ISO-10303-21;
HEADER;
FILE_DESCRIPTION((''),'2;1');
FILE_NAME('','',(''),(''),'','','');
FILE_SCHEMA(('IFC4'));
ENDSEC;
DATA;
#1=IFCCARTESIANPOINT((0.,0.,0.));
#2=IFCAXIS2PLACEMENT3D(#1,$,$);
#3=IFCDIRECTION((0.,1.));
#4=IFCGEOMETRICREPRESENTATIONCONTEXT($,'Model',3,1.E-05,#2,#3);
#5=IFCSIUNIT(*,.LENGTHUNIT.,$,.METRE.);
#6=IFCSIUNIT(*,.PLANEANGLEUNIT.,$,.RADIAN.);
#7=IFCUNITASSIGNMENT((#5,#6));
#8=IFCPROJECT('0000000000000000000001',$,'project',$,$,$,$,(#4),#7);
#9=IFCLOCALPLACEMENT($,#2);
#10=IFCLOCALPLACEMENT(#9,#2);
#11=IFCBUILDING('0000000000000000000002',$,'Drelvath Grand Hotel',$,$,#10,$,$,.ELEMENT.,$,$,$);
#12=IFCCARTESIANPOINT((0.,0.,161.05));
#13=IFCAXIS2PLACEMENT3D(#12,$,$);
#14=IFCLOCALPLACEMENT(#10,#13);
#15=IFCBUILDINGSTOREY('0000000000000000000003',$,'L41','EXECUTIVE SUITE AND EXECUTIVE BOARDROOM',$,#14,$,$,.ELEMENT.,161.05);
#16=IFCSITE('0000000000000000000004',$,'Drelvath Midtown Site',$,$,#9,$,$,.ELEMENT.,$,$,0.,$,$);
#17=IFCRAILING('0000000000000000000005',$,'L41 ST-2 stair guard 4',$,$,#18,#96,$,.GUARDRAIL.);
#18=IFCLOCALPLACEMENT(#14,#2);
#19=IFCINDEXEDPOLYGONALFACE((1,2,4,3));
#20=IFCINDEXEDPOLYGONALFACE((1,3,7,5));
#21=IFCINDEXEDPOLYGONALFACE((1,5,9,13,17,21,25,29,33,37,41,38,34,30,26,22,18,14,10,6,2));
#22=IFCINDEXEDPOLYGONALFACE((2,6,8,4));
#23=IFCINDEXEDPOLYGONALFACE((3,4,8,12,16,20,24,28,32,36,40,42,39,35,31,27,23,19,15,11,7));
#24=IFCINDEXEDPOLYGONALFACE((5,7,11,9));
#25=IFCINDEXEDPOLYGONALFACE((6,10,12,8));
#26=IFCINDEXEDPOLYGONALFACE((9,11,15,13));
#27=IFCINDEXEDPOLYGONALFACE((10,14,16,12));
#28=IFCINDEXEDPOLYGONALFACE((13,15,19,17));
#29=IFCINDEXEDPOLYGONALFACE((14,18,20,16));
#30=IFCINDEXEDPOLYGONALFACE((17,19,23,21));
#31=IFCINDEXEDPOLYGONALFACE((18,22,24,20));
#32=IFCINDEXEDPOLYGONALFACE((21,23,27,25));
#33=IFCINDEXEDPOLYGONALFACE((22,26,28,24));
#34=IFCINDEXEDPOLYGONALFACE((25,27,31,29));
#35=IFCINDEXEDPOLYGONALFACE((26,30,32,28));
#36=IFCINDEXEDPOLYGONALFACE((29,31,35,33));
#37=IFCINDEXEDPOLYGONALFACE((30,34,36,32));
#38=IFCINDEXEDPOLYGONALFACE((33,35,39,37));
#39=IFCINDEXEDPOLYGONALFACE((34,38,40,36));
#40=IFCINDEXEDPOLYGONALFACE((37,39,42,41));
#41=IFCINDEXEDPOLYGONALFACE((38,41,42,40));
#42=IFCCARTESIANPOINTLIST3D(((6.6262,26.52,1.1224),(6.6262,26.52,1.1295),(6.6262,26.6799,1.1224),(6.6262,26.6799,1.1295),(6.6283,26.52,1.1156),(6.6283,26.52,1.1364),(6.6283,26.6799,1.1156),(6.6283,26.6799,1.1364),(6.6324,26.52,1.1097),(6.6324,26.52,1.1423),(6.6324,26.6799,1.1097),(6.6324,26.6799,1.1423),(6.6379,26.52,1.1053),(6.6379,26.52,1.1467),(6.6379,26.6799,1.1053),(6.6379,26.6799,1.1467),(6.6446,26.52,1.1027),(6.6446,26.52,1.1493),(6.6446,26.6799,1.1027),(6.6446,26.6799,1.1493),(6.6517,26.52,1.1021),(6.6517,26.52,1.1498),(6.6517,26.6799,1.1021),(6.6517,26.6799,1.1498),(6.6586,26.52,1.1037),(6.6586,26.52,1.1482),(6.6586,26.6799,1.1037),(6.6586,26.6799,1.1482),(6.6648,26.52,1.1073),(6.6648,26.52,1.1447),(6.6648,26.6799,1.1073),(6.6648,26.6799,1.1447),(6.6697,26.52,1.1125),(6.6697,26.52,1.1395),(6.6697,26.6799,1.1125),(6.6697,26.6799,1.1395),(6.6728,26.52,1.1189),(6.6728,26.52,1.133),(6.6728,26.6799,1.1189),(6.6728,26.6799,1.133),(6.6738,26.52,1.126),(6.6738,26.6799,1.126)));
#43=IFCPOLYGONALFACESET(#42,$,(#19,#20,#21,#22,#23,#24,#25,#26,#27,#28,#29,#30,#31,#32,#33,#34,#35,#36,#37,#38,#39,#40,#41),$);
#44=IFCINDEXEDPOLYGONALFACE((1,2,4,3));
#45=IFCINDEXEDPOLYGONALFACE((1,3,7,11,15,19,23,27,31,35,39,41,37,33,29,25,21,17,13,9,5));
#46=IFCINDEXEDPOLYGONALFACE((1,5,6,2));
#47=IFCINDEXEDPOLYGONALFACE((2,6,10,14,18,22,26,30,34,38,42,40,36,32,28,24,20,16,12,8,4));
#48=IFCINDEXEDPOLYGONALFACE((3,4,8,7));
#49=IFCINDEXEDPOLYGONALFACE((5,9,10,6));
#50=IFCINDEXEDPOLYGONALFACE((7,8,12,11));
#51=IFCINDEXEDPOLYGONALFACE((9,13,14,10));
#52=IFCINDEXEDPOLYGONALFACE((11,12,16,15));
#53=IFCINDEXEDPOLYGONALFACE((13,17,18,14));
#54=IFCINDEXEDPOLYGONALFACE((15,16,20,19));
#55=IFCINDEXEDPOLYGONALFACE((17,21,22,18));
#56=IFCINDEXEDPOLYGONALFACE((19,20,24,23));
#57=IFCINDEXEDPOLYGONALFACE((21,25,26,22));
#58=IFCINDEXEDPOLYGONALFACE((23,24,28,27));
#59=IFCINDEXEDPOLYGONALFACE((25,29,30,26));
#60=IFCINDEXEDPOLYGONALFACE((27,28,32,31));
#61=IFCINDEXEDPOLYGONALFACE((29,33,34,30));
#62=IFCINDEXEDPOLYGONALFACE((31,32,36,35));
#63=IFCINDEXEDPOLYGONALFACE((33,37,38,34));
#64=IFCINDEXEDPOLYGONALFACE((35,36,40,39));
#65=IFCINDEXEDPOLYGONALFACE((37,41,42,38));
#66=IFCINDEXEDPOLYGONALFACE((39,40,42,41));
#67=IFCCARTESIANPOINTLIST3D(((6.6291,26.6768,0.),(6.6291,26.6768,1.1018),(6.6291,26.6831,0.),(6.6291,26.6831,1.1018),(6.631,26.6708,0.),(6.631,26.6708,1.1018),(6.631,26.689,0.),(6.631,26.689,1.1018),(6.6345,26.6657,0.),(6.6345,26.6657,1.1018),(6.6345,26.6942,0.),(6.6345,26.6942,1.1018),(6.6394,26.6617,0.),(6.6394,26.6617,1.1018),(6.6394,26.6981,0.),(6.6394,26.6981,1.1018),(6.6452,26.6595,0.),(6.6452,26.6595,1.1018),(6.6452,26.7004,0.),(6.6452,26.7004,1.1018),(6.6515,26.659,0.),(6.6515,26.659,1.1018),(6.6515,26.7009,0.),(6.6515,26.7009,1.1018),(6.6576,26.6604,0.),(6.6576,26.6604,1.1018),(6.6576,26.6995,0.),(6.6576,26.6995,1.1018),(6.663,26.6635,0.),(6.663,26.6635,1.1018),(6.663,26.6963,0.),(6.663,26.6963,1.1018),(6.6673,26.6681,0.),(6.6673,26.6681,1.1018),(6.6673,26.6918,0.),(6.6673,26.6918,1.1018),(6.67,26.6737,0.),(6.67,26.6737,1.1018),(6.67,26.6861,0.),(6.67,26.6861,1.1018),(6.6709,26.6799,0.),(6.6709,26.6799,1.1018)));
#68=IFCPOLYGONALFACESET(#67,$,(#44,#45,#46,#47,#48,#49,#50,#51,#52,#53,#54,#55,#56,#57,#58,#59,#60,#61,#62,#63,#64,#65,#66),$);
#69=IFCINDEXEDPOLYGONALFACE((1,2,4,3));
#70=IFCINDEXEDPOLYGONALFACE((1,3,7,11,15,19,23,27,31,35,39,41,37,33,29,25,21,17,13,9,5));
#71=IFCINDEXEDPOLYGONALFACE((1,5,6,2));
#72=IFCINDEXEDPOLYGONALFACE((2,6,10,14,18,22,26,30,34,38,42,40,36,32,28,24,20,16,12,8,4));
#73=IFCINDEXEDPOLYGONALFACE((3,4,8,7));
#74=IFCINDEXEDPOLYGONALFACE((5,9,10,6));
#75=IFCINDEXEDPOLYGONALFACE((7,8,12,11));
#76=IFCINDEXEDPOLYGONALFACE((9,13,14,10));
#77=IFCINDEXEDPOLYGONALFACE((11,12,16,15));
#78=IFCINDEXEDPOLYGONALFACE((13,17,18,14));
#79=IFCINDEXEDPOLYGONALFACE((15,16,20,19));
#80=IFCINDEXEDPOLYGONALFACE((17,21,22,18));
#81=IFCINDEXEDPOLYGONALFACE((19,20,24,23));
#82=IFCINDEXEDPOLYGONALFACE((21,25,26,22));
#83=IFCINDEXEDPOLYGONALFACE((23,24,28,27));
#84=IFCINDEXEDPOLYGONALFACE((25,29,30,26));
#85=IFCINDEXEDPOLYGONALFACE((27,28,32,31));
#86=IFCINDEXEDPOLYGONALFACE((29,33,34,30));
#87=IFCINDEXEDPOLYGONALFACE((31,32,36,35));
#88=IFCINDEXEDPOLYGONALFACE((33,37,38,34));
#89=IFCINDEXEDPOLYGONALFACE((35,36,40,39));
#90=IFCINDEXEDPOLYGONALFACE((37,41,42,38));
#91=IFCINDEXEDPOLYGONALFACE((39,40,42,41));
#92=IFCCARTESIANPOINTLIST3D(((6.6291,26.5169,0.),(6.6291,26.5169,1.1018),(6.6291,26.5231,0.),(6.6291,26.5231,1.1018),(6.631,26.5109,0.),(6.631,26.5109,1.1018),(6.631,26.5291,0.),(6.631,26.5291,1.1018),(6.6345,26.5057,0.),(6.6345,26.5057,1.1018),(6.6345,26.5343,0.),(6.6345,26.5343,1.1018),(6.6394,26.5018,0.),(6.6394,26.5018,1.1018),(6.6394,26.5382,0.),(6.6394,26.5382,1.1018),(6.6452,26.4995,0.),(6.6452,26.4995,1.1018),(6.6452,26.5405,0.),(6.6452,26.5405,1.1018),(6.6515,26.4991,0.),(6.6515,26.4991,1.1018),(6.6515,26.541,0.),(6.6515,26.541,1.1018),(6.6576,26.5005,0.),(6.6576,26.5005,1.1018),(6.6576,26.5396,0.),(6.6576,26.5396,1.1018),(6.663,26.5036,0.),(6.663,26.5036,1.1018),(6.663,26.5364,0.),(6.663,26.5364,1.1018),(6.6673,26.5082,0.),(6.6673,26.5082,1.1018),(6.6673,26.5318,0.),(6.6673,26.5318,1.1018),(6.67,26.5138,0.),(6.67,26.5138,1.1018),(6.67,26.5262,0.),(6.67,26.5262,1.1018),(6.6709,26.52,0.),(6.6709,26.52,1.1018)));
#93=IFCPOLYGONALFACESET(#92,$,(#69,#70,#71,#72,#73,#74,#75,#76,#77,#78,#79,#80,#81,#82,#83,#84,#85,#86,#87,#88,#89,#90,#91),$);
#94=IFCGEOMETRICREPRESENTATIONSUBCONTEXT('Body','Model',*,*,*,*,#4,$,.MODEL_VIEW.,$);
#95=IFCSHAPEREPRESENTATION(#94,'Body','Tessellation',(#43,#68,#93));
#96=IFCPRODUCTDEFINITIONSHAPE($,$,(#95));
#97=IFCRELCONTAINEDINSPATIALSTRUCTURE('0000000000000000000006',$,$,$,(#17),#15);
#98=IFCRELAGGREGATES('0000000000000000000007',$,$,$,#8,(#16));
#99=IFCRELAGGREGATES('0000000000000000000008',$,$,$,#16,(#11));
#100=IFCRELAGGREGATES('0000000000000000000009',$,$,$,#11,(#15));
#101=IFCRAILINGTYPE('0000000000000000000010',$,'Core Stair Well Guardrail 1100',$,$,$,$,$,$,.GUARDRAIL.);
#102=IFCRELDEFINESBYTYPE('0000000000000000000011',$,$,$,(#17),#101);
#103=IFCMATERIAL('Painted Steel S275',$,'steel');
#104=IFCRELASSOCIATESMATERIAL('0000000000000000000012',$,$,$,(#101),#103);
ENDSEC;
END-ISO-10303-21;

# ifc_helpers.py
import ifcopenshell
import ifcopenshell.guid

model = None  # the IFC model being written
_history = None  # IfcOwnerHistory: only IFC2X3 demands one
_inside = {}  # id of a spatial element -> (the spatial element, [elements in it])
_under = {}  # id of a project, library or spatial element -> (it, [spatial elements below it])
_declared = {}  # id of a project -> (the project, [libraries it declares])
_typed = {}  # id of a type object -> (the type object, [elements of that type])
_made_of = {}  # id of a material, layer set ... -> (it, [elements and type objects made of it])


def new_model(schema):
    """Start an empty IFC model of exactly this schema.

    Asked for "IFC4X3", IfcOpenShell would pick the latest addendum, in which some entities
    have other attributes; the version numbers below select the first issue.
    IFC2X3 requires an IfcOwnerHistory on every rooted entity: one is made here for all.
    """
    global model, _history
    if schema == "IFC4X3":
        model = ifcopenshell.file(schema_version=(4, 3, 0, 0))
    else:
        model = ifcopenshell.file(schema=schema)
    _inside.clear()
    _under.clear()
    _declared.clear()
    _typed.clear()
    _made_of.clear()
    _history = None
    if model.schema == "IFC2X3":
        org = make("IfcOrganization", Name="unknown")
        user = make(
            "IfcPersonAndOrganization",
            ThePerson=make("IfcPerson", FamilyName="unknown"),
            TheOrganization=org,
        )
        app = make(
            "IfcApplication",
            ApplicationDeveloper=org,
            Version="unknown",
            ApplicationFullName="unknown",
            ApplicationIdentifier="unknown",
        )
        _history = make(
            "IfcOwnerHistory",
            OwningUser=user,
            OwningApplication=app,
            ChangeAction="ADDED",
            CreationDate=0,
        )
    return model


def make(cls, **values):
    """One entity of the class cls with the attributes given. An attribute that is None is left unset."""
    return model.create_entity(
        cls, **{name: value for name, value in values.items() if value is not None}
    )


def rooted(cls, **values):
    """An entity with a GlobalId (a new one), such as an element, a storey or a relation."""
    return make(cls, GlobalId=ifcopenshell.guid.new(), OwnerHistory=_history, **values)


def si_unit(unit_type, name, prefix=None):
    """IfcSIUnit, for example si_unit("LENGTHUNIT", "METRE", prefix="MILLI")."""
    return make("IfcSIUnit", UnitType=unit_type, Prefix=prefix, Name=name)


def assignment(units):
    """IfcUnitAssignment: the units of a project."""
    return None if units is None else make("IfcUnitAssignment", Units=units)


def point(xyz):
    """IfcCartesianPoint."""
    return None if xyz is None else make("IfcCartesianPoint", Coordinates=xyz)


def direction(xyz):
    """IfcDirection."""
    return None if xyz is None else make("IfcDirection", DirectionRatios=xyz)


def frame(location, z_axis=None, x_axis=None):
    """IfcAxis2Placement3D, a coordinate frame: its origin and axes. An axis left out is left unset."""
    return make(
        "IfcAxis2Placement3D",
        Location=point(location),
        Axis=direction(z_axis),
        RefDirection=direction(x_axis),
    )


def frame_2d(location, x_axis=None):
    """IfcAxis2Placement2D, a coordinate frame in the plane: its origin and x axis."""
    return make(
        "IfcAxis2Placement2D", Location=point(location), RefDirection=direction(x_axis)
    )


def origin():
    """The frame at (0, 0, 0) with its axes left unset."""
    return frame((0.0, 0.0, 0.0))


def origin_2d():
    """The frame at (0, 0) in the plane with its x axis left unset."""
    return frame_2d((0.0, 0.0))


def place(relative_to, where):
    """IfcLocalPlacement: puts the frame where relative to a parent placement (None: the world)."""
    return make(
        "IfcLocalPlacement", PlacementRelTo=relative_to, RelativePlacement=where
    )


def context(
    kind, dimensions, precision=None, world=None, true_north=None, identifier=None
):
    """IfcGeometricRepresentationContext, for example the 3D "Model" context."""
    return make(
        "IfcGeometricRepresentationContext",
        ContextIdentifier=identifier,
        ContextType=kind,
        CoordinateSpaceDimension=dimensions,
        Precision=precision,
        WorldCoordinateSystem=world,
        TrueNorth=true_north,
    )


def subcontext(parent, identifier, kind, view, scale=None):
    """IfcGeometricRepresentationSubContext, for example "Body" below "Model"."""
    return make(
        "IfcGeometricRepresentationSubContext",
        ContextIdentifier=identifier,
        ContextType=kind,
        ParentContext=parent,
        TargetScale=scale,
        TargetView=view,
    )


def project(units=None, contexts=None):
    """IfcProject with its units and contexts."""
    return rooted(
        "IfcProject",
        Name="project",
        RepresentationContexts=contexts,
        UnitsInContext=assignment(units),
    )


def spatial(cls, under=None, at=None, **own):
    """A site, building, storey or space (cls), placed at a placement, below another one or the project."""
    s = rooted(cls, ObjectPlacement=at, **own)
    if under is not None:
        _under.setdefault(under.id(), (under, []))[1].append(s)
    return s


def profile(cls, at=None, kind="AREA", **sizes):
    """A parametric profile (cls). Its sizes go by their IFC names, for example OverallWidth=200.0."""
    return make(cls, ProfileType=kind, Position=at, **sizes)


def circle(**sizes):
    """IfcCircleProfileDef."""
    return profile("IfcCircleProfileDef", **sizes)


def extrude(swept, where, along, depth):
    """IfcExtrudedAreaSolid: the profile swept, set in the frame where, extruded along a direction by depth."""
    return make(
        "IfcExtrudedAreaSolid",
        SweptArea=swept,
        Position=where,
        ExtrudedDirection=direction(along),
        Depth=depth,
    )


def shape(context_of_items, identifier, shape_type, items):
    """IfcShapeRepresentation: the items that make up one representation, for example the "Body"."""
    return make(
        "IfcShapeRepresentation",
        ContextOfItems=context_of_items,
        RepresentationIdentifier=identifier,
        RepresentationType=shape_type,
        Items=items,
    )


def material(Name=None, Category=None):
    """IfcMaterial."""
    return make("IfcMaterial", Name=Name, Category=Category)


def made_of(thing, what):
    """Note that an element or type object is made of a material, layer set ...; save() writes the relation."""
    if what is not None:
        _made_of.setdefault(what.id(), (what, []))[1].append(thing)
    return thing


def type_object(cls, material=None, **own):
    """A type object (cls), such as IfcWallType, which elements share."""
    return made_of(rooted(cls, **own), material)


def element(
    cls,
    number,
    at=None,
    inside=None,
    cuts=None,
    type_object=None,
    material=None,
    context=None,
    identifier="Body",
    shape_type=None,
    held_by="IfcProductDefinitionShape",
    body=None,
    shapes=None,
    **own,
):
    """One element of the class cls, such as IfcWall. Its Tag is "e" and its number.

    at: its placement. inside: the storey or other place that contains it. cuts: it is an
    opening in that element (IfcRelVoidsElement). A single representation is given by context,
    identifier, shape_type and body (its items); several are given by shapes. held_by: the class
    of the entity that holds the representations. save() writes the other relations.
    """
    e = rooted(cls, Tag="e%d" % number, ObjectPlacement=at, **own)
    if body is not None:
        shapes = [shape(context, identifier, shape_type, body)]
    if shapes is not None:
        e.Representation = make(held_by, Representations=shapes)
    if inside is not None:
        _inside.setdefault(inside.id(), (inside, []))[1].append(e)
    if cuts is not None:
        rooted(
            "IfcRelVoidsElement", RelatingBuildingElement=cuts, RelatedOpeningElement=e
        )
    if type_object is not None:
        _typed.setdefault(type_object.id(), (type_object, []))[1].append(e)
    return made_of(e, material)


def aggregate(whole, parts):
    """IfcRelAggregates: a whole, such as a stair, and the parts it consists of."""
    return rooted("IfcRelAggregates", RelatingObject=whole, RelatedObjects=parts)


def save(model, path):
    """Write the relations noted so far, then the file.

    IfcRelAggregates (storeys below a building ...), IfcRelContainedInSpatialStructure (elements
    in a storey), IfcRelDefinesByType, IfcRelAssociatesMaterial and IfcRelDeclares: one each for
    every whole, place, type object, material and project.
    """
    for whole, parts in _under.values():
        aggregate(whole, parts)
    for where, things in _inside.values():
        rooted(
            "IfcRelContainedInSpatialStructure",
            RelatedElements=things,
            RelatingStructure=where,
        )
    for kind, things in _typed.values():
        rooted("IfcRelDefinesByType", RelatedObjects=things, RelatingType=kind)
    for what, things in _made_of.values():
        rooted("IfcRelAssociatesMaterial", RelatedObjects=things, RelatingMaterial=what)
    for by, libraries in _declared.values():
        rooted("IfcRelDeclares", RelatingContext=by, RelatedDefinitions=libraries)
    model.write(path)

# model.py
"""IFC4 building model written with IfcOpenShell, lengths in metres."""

from ifc_helpers import new_model, si_unit, direction, frame, origin, origin_2d, place, context, subcontext, project, spatial, circle, extrude, material, type_object, element, save


model = new_model("IFC4")

# Units and contexts
model_context = context("Model", 3, precision=1e-05, world=origin(), true_north=direction((0.0, 1.0)))
body_context = subcontext(model_context, "Body", "Model", "MODEL_VIEW")
ifc_project = project(units=[si_unit("LENGTHUNIT", "METRE"), si_unit("PLANEANGLEUNIT", "RADIAN")], contexts=[model_context])

# Site, building, storey
site_placement = place(None, origin())
site = spatial("IfcSite", under=ifc_project, at=site_placement, Name="Drelvath Midtown Site", CompositionType="ELEMENT", RefElevation=0.0)
building_placement = place(site_placement, origin())
building = spatial("IfcBuilding", under=site, at=building_placement, Name="Drelvath Grand Hotel", CompositionType="ELEMENT")
storey_placement = place(building_placement, frame((0.0, 0.0, 161.05)))
storey = spatial("IfcBuildingStorey", under=building, at=storey_placement, Name="L41", Description="EXECUTIVE SUITE AND EXECUTIVE BOARDROOM", CompositionType="ELEMENT", Elevation=161.05)

# Railing
ifc_material_1 = material(Name="Painted Steel S275", Category="steel")
railing_type_1 = type_object("IfcRailingType", Name="Core Stair Well Guardrail 1100", PredefinedType="GUARDRAIL", material=ifc_material_1)
railing_1_placement = place(storey_placement, frame((6.6499, 26.6799, 0.0)))
element("IfcRailing", 1, at=railing_1_placement, inside=storey, type_object=railing_type_1, Name="L41 ST-2 stair guard 4", PredefinedType="GUARDRAIL", context=body_context, shape_type="SweptSolid", body=[
    extrude(circle(Radius=0.0239, at=origin_2d()), frame((0.0, 0.0, 1.126), z_axis=(0.0, -1.0, 0.0), x_axis=(1.0, 0.0, 0.0)), (0.0, 0.0, 1.0), 0.1599),
    extrude(circle(Radius=0.021, at=origin_2d()), origin(), (0.0, 0.0, 1.0), 1.1018),
    extrude(circle(Radius=0.021, at=origin_2d()), frame((0.0, -0.1599, 0.0)), (0.0, 0.0, 1.0), 1.1018),
])

save(model, "model.ifc")
